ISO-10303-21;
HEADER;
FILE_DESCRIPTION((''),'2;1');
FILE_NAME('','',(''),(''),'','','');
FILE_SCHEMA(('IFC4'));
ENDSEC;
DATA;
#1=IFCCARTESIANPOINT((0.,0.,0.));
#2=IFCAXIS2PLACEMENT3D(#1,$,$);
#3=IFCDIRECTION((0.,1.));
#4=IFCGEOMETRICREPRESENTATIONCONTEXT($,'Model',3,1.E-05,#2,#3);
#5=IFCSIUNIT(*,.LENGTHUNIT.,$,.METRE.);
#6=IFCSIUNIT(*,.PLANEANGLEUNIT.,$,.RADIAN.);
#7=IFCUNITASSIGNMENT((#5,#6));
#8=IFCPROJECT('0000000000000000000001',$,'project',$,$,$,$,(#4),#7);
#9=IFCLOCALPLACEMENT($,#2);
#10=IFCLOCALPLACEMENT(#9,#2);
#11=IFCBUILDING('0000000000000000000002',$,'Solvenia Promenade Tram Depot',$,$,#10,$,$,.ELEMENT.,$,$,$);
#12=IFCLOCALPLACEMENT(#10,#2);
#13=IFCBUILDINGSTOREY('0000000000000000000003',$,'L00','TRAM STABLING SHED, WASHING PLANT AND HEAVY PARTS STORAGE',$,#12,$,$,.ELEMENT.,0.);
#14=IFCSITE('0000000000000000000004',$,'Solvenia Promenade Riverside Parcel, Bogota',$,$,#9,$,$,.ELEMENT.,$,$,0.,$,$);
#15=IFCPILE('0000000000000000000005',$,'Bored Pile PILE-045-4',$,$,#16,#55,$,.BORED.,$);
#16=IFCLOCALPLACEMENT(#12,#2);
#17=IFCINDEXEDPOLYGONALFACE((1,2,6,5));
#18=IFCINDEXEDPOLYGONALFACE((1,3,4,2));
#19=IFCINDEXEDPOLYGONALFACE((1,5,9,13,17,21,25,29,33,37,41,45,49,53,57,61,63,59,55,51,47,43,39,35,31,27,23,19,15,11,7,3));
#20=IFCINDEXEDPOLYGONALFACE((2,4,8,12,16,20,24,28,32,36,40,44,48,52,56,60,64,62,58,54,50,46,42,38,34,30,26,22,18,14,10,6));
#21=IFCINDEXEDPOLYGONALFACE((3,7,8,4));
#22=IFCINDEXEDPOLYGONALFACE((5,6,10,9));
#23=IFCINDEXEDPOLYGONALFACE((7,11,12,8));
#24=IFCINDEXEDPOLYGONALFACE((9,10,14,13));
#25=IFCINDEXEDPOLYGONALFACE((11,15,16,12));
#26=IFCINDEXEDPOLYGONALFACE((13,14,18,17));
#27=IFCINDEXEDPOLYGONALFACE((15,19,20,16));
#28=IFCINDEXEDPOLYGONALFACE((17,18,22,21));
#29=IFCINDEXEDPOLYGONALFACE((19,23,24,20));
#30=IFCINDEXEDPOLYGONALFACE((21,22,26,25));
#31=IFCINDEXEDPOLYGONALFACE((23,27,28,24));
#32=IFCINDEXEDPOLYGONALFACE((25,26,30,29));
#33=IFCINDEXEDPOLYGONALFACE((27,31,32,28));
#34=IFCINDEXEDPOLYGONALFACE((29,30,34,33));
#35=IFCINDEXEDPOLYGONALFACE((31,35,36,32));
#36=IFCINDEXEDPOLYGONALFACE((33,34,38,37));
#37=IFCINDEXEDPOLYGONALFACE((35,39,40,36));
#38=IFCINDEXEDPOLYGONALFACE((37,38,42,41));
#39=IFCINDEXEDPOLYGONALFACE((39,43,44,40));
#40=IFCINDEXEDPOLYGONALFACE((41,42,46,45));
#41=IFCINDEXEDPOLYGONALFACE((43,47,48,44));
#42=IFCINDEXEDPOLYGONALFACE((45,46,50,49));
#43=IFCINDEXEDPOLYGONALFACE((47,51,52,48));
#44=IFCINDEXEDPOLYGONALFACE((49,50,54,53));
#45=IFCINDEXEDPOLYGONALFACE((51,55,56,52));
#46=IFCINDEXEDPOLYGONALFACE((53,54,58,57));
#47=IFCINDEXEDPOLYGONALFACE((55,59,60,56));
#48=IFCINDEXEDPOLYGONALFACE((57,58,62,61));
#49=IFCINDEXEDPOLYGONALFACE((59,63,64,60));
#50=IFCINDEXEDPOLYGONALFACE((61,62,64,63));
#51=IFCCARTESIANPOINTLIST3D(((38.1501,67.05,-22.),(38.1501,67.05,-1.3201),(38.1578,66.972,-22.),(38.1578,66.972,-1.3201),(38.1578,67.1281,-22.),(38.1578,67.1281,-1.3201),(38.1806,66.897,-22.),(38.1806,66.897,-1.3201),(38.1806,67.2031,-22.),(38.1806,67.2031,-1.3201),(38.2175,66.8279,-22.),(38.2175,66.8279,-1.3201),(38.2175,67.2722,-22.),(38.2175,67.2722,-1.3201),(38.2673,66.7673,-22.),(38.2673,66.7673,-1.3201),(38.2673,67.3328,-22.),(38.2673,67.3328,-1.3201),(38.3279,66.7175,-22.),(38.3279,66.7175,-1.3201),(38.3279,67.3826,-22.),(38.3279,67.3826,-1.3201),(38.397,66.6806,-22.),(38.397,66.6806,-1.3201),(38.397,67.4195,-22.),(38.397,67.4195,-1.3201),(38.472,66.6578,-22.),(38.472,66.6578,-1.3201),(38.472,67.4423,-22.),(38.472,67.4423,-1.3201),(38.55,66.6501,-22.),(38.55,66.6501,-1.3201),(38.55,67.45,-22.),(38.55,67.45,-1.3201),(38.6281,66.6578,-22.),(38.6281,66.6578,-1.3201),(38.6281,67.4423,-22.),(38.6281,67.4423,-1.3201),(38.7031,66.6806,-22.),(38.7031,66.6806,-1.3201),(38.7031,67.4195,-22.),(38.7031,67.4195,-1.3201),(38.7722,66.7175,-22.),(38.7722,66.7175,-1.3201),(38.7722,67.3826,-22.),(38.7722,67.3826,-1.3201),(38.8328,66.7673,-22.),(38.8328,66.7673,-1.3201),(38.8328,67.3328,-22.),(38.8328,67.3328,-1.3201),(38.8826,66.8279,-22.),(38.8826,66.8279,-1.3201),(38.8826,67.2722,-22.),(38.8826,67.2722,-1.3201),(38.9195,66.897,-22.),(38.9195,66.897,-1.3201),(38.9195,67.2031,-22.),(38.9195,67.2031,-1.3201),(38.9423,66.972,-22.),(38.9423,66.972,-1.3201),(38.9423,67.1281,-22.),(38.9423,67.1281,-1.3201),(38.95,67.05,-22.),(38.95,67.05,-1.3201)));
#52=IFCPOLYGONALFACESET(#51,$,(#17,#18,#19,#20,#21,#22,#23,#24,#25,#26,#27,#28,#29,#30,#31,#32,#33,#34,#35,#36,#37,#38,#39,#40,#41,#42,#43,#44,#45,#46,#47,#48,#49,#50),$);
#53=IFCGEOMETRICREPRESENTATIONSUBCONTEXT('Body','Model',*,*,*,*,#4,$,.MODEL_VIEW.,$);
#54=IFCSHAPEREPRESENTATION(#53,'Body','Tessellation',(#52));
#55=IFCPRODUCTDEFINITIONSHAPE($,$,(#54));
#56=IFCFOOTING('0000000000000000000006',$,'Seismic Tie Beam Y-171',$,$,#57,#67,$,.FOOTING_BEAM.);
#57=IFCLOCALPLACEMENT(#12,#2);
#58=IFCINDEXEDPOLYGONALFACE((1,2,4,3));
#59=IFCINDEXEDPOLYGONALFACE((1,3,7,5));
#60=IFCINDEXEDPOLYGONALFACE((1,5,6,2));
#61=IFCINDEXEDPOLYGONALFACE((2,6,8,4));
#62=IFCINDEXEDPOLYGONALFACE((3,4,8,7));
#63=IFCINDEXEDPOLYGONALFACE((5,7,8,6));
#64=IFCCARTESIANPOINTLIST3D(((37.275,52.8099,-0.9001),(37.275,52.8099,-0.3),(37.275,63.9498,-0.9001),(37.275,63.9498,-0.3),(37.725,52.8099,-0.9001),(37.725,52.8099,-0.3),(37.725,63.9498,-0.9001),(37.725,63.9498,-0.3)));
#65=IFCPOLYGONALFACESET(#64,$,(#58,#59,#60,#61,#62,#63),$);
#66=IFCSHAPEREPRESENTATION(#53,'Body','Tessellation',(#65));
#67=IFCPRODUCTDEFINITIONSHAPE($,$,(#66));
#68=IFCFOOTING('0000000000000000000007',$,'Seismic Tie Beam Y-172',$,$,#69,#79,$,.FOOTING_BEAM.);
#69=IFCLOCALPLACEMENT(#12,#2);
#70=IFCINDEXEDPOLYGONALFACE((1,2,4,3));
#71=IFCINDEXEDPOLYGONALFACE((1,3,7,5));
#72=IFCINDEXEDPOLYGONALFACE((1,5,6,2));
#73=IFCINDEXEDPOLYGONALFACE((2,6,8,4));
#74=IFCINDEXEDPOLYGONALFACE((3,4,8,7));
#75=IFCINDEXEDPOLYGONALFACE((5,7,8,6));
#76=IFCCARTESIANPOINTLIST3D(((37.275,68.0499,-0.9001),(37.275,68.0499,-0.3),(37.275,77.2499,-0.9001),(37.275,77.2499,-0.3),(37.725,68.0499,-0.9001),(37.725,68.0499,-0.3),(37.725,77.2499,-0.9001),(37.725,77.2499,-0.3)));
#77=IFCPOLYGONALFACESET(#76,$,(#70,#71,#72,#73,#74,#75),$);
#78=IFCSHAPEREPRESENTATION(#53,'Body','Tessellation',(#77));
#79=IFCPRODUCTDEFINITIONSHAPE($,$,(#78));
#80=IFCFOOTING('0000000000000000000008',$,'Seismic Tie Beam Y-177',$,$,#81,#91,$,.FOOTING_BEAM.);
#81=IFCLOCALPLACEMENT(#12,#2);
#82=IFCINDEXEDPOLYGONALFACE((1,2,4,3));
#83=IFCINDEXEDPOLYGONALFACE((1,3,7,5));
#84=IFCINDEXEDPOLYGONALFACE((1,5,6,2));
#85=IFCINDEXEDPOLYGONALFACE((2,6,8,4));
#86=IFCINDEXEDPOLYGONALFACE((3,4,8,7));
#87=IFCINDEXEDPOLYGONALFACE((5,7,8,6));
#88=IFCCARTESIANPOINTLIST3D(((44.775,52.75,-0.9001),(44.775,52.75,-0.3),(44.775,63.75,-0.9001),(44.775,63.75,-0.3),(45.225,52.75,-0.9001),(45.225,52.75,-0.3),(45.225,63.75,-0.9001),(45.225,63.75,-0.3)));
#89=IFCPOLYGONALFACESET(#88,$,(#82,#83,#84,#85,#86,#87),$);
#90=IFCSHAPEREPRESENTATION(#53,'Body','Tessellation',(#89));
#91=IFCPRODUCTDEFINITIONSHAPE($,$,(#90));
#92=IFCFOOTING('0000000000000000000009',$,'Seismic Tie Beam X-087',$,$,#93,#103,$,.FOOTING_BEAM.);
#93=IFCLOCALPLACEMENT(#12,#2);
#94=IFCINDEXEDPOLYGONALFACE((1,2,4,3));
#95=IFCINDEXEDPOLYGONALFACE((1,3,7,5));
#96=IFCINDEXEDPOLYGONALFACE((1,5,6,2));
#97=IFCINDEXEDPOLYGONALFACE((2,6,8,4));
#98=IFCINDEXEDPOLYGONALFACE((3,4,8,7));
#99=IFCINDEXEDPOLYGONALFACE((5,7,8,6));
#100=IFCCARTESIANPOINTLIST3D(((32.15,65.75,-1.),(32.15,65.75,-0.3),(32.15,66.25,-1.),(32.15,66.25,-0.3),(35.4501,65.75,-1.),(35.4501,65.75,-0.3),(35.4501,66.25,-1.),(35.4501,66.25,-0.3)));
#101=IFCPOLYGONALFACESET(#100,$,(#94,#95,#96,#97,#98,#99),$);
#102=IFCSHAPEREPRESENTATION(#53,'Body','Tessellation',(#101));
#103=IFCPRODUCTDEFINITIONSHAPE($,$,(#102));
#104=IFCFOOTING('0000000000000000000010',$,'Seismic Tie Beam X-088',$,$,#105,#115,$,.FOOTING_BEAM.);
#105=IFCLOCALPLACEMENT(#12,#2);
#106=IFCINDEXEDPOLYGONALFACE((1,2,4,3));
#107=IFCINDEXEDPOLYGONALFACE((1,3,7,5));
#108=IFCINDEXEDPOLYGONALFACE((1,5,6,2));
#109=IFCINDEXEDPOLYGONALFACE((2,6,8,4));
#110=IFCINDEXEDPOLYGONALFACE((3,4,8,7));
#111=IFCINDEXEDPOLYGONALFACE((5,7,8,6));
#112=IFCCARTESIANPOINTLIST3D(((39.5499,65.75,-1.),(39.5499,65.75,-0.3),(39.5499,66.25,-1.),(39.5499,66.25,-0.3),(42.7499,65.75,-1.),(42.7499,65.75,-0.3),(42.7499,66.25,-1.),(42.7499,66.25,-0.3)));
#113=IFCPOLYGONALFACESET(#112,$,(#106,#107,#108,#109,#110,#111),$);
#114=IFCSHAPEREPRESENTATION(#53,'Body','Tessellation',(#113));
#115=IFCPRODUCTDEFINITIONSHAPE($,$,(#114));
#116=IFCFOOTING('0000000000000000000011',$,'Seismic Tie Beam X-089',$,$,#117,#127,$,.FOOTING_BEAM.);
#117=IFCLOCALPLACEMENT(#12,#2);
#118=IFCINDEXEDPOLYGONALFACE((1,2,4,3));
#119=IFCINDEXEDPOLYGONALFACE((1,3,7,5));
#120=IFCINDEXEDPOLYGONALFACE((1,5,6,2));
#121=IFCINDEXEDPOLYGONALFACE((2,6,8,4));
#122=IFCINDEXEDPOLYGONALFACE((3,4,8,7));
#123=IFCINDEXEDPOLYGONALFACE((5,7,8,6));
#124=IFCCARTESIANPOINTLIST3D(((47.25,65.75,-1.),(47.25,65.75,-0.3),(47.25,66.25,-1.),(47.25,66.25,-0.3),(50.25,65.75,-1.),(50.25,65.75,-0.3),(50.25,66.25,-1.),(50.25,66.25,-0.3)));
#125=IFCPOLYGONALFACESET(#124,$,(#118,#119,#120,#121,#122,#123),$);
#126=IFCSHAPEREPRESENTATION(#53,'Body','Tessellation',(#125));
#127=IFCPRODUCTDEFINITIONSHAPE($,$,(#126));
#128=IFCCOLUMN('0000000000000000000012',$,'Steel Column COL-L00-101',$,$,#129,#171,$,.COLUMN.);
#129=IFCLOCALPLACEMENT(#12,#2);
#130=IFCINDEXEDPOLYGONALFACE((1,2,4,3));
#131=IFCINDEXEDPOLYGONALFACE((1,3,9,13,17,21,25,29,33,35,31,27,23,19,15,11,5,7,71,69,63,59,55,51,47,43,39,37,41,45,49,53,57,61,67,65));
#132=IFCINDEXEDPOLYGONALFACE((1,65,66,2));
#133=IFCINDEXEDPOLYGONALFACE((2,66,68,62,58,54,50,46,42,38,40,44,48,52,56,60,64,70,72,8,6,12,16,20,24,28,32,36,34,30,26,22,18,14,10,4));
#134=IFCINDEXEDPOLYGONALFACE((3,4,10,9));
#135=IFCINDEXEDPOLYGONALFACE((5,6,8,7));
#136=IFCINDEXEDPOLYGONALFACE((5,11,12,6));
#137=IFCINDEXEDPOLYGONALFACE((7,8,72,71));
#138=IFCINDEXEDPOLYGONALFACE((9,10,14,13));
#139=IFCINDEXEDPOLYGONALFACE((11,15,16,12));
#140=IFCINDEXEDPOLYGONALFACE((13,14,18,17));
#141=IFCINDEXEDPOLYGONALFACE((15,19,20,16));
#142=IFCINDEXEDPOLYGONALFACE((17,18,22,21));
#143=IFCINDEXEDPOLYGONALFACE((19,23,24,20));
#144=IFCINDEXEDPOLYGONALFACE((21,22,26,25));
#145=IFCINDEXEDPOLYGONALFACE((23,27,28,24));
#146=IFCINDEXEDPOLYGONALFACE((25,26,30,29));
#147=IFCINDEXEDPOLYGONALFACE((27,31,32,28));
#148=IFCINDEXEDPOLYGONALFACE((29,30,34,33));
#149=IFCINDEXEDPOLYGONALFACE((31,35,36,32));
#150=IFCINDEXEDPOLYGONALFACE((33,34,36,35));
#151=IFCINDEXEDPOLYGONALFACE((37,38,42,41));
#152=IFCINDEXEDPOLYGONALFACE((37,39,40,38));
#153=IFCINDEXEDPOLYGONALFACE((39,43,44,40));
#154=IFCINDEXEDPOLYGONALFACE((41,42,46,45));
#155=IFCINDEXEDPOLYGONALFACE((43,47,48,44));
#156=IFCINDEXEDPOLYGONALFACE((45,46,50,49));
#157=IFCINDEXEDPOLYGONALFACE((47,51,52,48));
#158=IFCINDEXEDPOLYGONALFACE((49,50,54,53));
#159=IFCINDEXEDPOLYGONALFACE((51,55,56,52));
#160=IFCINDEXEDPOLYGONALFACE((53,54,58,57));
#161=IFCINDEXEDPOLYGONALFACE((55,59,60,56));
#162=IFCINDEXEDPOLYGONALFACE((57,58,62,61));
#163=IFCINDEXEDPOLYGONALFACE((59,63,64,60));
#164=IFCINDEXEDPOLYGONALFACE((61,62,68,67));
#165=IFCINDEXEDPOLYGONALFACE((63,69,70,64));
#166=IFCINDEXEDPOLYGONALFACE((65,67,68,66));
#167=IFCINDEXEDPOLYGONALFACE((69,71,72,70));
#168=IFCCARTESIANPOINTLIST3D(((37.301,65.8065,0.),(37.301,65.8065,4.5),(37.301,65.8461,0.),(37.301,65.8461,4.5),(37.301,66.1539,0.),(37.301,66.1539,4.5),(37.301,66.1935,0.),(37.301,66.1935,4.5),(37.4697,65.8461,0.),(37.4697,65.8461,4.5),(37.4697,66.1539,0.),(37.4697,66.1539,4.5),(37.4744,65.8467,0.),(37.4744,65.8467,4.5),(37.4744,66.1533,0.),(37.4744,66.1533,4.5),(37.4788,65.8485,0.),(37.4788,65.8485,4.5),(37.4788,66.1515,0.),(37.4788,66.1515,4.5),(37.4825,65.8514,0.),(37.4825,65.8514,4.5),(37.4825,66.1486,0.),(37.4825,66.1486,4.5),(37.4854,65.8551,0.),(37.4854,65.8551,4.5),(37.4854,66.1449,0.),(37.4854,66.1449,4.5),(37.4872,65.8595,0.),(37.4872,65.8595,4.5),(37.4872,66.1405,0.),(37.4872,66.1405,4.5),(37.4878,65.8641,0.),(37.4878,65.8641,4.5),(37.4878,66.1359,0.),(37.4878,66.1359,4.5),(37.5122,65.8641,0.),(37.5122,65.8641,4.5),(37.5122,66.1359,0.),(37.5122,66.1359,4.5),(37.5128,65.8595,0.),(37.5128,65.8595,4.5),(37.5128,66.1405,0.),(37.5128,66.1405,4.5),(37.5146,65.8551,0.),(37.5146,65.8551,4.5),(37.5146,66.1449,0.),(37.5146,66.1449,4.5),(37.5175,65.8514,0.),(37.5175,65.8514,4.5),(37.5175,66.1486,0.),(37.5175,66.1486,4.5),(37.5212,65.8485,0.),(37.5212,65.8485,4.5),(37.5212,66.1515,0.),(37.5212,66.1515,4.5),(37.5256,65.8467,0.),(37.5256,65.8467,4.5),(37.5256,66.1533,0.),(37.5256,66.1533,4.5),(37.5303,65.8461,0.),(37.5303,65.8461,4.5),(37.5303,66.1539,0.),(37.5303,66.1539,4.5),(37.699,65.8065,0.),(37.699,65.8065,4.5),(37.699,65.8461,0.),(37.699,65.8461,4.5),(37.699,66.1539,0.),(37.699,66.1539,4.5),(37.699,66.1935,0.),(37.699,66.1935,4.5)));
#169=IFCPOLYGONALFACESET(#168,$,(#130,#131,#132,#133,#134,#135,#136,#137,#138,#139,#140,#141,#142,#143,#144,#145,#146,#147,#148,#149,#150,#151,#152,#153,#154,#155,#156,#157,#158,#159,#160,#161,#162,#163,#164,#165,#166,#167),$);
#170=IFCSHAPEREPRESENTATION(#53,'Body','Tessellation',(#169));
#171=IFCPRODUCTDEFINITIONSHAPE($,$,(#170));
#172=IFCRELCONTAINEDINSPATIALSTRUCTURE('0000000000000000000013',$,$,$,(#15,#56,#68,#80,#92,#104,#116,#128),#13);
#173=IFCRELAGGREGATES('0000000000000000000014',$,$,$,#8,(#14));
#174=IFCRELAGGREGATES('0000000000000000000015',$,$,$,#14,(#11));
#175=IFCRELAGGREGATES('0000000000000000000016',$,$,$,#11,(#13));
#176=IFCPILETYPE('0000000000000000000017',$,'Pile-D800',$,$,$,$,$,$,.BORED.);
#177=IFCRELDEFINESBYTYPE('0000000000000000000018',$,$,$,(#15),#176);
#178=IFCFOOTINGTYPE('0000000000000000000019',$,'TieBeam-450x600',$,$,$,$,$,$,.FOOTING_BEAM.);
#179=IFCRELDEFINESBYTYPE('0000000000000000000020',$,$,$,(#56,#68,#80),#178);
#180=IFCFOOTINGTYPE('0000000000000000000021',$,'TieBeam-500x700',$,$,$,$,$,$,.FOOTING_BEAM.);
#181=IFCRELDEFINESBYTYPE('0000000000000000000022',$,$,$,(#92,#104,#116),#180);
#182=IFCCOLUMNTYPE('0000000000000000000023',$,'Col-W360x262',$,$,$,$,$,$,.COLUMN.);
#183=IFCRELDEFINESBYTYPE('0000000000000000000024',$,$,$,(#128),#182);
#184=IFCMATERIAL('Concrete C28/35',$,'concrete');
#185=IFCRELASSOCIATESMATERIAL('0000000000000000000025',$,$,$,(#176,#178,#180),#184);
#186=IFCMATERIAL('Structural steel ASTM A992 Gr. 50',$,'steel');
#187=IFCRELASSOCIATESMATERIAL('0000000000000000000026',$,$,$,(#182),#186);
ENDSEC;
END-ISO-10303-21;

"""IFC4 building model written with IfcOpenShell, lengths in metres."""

from ifc_helpers import new_model, si_unit, direction, frame, origin, origin_2d, place, context, subcontext, project, spatial, rectangle, circle, i_section, extrude, material, material_profile, profile_set, type_object, element, save


model = new_model("IFC4")

# Units and contexts
model_context = context("Model", 3, precision=1e-05, world=origin(), true_north=direction((0.0, 1.0)))
body_context = subcontext(model_context, "Body", "Model", "MODEL_VIEW")
ifc_project = project(units=[si_unit("LENGTHUNIT", "METRE"), si_unit("PLANEANGLEUNIT", "RADIAN")], contexts=[model_context])

# Site, building, storey
site_placement = place(None, origin())
site = spatial("IfcSite", under=ifc_project, at=site_placement, Name="Solvenia Promenade Riverside Parcel, Bogota", CompositionType="ELEMENT", RefElevation=0.0)
building_placement = place(site_placement, origin())
building = spatial("IfcBuilding", under=site, at=building_placement, Name="Solvenia Promenade Tram Depot", CompositionType="ELEMENT")
storey_placement = place(building_placement, origin())
storey = spatial("IfcBuildingStorey", under=building, at=storey_placement, Name="L00", Description="TRAM STABLING SHED, WASHING PLANT AND HEAVY PARTS STORAGE", CompositionType="ELEMENT", Elevation=0.0)

# Shared definitions
ifc_material_1 = material(Name="Concrete C28/35", Category="concrete")

# Pile
ifc_material_profile_1 = material_profile(ifc_material_1, circle(Radius=0.3999, at=origin_2d()), Name="D800", Category="concrete")
ifc_profile_set_1 = profile_set([ifc_material_profile_1], Name="Concrete C28/35")
pile_type_1 = type_object("IfcPileType", Name="Pile-D800", PredefinedType="BORED", material=ifc_profile_set_1)
for number, where, z_axis, x_axis, name in (
    (1, (38.55, 67.05, -1.3201), (0.0, 0.0, -1.0), (1.0, 0.0, 0.0), "Bored Pile PILE-045-4"),
):
    element("IfcPile", number, at=place(storey_placement, frame(where, z_axis=z_axis, x_axis=x_axis)), inside=storey, type_object=pile_type_1, Name=name, PredefinedType="BORED", context=body_context, shape_type="SweptSolid", body=[
        extrude(circle(Radius=0.3999, at=origin_2d()), origin(), (0.0, 0.0, 1.0), 20.6799),
    ])

# Footings
footing_type_1 = type_object("IfcFootingType", Name="TieBeam-450x600", PredefinedType="FOOTING_BEAM", material=ifc_material_1)
footing_1_placement = place(storey_placement, frame((37.5, 58.3799, -0.9001), z_axis=(0.0, 0.0, 1.0), x_axis=(1.0, 0.0, 0.0)))
element("IfcFooting", 2, at=footing_1_placement, inside=storey, type_object=footing_type_1, Name="Seismic Tie Beam Y-171", PredefinedType="FOOTING_BEAM", context=body_context, shape_type="SweptSolid", body=[
    extrude(rectangle(XDim=0.45, YDim=11.1399, at=origin_2d()), origin(), (0.0, 0.0, 1.0), 0.6001),
])
footing_2_placement = place(storey_placement, frame((37.5, 72.6499, -0.9001), z_axis=(0.0, 0.0, 1.0), x_axis=(1.0, 0.0, 0.0)))
element("IfcFooting", 3, at=footing_2_placement, inside=storey, type_object=footing_type_1, Name="Seismic Tie Beam Y-172", PredefinedType="FOOTING_BEAM", context=body_context, shape_type="SweptSolid", body=[
    extrude(rectangle(XDim=0.45, YDim=9.2, at=origin_2d()), origin(), (0.0, 0.0, 1.0), 0.6001),
])
footing_3_placement = place(storey_placement, frame((45.0, 58.25, -0.9001), z_axis=(0.0, 0.0, 1.0), x_axis=(1.0, 0.0, 0.0)))
element("IfcFooting", 4, at=footing_3_placement, inside=storey, type_object=footing_type_1, Name="Seismic Tie Beam Y-177", PredefinedType="FOOTING_BEAM", context=body_context, shape_type="SweptSolid", body=[
    extrude(rectangle(XDim=0.45, YDim=11.0, at=origin_2d()), origin(), (0.0, 0.0, 1.0), 0.6001),
])
footing_type_2 = type_object("IfcFootingType", Name="TieBeam-500x700", PredefinedType="FOOTING_BEAM", material=ifc_material_1)
footing_4_placement = place(storey_placement, frame((33.8, 66.0, -1.0), z_axis=(0.0, 0.0, 1.0), x_axis=(1.0, 0.0, 0.0)))
element("IfcFooting", 5, at=footing_4_placement, inside=storey, type_object=footing_type_2, Name="Seismic Tie Beam X-087", PredefinedType="FOOTING_BEAM", context=body_context, shape_type="SweptSolid", body=[
    extrude(rectangle(XDim=3.3, YDim=0.5, at=origin_2d()), origin(), (0.0, 0.0, 1.0), 0.7),
])
footing_5_placement = place(storey_placement, frame((41.1499, 66.0, -1.0), z_axis=(0.0, 0.0, 1.0), x_axis=(1.0, 0.0, 0.0)))
element("IfcFooting", 6, at=footing_5_placement, inside=storey, type_object=footing_type_2, Name="Seismic Tie Beam X-088", PredefinedType="FOOTING_BEAM", context=body_context, shape_type="SweptSolid", body=[
    extrude(rectangle(XDim=3.2, YDim=0.5, at=origin_2d()), origin(), (0.0, 0.0, 1.0), 0.7),
])
footing_6_placement = place(storey_placement, frame((48.75, 66.0, -1.0), z_axis=(0.0, 0.0, 1.0), x_axis=(1.0, 0.0, 0.0)))
element("IfcFooting", 7, at=footing_6_placement, inside=storey, type_object=footing_type_2, Name="Seismic Tie Beam X-089", PredefinedType="FOOTING_BEAM", context=body_context, shape_type="SweptSolid", body=[
    extrude(rectangle(XDim=3.0, YDim=0.5, at=origin_2d()), origin(), (0.0, 0.0, 1.0), 0.7),
])

# Column
ifc_material_2 = material(Name="Structural steel ASTM A992 Gr. 50", Category="steel")
ifc_material_profile_2 = material_profile(ifc_material_2, i_section(OverallWidth=0.3979, OverallDepth=0.387, WebThickness=0.0244, FlangeThickness=0.0396, FilletRadius=0.0181, at=origin_2d()), Name="W360x262", Category="steel")
ifc_profile_set_2 = profile_set([ifc_material_profile_2], Name="Structural steel ASTM A992 Gr. 50")
column_type = type_object("IfcColumnType", Name="Col-W360x262", PredefinedType="COLUMN", material=ifc_profile_set_2)
for number, where, z_axis, x_axis, name in (
    (8, (37.5, 66.0, 0.0), (0.0, 0.0, 1.0), (1.0, 0.0, 0.0), "Steel Column COL-L00-101"),
):
    element("IfcColumn", number, at=place(storey_placement, frame(where, z_axis=z_axis, x_axis=x_axis)), inside=storey, type_object=column_type, Name=name, PredefinedType="COLUMN", context=body_context, shape_type="SweptSolid", body=[
        extrude(i_section(OverallWidth=0.3979, OverallDepth=0.387, WebThickness=0.0244, FlangeThickness=0.0396, FilletRadius=0.0181, at=origin_2d()), origin(), (0.0, 0.0, 1.0), 4.5),
    ])

save(model, "model.ifc")
